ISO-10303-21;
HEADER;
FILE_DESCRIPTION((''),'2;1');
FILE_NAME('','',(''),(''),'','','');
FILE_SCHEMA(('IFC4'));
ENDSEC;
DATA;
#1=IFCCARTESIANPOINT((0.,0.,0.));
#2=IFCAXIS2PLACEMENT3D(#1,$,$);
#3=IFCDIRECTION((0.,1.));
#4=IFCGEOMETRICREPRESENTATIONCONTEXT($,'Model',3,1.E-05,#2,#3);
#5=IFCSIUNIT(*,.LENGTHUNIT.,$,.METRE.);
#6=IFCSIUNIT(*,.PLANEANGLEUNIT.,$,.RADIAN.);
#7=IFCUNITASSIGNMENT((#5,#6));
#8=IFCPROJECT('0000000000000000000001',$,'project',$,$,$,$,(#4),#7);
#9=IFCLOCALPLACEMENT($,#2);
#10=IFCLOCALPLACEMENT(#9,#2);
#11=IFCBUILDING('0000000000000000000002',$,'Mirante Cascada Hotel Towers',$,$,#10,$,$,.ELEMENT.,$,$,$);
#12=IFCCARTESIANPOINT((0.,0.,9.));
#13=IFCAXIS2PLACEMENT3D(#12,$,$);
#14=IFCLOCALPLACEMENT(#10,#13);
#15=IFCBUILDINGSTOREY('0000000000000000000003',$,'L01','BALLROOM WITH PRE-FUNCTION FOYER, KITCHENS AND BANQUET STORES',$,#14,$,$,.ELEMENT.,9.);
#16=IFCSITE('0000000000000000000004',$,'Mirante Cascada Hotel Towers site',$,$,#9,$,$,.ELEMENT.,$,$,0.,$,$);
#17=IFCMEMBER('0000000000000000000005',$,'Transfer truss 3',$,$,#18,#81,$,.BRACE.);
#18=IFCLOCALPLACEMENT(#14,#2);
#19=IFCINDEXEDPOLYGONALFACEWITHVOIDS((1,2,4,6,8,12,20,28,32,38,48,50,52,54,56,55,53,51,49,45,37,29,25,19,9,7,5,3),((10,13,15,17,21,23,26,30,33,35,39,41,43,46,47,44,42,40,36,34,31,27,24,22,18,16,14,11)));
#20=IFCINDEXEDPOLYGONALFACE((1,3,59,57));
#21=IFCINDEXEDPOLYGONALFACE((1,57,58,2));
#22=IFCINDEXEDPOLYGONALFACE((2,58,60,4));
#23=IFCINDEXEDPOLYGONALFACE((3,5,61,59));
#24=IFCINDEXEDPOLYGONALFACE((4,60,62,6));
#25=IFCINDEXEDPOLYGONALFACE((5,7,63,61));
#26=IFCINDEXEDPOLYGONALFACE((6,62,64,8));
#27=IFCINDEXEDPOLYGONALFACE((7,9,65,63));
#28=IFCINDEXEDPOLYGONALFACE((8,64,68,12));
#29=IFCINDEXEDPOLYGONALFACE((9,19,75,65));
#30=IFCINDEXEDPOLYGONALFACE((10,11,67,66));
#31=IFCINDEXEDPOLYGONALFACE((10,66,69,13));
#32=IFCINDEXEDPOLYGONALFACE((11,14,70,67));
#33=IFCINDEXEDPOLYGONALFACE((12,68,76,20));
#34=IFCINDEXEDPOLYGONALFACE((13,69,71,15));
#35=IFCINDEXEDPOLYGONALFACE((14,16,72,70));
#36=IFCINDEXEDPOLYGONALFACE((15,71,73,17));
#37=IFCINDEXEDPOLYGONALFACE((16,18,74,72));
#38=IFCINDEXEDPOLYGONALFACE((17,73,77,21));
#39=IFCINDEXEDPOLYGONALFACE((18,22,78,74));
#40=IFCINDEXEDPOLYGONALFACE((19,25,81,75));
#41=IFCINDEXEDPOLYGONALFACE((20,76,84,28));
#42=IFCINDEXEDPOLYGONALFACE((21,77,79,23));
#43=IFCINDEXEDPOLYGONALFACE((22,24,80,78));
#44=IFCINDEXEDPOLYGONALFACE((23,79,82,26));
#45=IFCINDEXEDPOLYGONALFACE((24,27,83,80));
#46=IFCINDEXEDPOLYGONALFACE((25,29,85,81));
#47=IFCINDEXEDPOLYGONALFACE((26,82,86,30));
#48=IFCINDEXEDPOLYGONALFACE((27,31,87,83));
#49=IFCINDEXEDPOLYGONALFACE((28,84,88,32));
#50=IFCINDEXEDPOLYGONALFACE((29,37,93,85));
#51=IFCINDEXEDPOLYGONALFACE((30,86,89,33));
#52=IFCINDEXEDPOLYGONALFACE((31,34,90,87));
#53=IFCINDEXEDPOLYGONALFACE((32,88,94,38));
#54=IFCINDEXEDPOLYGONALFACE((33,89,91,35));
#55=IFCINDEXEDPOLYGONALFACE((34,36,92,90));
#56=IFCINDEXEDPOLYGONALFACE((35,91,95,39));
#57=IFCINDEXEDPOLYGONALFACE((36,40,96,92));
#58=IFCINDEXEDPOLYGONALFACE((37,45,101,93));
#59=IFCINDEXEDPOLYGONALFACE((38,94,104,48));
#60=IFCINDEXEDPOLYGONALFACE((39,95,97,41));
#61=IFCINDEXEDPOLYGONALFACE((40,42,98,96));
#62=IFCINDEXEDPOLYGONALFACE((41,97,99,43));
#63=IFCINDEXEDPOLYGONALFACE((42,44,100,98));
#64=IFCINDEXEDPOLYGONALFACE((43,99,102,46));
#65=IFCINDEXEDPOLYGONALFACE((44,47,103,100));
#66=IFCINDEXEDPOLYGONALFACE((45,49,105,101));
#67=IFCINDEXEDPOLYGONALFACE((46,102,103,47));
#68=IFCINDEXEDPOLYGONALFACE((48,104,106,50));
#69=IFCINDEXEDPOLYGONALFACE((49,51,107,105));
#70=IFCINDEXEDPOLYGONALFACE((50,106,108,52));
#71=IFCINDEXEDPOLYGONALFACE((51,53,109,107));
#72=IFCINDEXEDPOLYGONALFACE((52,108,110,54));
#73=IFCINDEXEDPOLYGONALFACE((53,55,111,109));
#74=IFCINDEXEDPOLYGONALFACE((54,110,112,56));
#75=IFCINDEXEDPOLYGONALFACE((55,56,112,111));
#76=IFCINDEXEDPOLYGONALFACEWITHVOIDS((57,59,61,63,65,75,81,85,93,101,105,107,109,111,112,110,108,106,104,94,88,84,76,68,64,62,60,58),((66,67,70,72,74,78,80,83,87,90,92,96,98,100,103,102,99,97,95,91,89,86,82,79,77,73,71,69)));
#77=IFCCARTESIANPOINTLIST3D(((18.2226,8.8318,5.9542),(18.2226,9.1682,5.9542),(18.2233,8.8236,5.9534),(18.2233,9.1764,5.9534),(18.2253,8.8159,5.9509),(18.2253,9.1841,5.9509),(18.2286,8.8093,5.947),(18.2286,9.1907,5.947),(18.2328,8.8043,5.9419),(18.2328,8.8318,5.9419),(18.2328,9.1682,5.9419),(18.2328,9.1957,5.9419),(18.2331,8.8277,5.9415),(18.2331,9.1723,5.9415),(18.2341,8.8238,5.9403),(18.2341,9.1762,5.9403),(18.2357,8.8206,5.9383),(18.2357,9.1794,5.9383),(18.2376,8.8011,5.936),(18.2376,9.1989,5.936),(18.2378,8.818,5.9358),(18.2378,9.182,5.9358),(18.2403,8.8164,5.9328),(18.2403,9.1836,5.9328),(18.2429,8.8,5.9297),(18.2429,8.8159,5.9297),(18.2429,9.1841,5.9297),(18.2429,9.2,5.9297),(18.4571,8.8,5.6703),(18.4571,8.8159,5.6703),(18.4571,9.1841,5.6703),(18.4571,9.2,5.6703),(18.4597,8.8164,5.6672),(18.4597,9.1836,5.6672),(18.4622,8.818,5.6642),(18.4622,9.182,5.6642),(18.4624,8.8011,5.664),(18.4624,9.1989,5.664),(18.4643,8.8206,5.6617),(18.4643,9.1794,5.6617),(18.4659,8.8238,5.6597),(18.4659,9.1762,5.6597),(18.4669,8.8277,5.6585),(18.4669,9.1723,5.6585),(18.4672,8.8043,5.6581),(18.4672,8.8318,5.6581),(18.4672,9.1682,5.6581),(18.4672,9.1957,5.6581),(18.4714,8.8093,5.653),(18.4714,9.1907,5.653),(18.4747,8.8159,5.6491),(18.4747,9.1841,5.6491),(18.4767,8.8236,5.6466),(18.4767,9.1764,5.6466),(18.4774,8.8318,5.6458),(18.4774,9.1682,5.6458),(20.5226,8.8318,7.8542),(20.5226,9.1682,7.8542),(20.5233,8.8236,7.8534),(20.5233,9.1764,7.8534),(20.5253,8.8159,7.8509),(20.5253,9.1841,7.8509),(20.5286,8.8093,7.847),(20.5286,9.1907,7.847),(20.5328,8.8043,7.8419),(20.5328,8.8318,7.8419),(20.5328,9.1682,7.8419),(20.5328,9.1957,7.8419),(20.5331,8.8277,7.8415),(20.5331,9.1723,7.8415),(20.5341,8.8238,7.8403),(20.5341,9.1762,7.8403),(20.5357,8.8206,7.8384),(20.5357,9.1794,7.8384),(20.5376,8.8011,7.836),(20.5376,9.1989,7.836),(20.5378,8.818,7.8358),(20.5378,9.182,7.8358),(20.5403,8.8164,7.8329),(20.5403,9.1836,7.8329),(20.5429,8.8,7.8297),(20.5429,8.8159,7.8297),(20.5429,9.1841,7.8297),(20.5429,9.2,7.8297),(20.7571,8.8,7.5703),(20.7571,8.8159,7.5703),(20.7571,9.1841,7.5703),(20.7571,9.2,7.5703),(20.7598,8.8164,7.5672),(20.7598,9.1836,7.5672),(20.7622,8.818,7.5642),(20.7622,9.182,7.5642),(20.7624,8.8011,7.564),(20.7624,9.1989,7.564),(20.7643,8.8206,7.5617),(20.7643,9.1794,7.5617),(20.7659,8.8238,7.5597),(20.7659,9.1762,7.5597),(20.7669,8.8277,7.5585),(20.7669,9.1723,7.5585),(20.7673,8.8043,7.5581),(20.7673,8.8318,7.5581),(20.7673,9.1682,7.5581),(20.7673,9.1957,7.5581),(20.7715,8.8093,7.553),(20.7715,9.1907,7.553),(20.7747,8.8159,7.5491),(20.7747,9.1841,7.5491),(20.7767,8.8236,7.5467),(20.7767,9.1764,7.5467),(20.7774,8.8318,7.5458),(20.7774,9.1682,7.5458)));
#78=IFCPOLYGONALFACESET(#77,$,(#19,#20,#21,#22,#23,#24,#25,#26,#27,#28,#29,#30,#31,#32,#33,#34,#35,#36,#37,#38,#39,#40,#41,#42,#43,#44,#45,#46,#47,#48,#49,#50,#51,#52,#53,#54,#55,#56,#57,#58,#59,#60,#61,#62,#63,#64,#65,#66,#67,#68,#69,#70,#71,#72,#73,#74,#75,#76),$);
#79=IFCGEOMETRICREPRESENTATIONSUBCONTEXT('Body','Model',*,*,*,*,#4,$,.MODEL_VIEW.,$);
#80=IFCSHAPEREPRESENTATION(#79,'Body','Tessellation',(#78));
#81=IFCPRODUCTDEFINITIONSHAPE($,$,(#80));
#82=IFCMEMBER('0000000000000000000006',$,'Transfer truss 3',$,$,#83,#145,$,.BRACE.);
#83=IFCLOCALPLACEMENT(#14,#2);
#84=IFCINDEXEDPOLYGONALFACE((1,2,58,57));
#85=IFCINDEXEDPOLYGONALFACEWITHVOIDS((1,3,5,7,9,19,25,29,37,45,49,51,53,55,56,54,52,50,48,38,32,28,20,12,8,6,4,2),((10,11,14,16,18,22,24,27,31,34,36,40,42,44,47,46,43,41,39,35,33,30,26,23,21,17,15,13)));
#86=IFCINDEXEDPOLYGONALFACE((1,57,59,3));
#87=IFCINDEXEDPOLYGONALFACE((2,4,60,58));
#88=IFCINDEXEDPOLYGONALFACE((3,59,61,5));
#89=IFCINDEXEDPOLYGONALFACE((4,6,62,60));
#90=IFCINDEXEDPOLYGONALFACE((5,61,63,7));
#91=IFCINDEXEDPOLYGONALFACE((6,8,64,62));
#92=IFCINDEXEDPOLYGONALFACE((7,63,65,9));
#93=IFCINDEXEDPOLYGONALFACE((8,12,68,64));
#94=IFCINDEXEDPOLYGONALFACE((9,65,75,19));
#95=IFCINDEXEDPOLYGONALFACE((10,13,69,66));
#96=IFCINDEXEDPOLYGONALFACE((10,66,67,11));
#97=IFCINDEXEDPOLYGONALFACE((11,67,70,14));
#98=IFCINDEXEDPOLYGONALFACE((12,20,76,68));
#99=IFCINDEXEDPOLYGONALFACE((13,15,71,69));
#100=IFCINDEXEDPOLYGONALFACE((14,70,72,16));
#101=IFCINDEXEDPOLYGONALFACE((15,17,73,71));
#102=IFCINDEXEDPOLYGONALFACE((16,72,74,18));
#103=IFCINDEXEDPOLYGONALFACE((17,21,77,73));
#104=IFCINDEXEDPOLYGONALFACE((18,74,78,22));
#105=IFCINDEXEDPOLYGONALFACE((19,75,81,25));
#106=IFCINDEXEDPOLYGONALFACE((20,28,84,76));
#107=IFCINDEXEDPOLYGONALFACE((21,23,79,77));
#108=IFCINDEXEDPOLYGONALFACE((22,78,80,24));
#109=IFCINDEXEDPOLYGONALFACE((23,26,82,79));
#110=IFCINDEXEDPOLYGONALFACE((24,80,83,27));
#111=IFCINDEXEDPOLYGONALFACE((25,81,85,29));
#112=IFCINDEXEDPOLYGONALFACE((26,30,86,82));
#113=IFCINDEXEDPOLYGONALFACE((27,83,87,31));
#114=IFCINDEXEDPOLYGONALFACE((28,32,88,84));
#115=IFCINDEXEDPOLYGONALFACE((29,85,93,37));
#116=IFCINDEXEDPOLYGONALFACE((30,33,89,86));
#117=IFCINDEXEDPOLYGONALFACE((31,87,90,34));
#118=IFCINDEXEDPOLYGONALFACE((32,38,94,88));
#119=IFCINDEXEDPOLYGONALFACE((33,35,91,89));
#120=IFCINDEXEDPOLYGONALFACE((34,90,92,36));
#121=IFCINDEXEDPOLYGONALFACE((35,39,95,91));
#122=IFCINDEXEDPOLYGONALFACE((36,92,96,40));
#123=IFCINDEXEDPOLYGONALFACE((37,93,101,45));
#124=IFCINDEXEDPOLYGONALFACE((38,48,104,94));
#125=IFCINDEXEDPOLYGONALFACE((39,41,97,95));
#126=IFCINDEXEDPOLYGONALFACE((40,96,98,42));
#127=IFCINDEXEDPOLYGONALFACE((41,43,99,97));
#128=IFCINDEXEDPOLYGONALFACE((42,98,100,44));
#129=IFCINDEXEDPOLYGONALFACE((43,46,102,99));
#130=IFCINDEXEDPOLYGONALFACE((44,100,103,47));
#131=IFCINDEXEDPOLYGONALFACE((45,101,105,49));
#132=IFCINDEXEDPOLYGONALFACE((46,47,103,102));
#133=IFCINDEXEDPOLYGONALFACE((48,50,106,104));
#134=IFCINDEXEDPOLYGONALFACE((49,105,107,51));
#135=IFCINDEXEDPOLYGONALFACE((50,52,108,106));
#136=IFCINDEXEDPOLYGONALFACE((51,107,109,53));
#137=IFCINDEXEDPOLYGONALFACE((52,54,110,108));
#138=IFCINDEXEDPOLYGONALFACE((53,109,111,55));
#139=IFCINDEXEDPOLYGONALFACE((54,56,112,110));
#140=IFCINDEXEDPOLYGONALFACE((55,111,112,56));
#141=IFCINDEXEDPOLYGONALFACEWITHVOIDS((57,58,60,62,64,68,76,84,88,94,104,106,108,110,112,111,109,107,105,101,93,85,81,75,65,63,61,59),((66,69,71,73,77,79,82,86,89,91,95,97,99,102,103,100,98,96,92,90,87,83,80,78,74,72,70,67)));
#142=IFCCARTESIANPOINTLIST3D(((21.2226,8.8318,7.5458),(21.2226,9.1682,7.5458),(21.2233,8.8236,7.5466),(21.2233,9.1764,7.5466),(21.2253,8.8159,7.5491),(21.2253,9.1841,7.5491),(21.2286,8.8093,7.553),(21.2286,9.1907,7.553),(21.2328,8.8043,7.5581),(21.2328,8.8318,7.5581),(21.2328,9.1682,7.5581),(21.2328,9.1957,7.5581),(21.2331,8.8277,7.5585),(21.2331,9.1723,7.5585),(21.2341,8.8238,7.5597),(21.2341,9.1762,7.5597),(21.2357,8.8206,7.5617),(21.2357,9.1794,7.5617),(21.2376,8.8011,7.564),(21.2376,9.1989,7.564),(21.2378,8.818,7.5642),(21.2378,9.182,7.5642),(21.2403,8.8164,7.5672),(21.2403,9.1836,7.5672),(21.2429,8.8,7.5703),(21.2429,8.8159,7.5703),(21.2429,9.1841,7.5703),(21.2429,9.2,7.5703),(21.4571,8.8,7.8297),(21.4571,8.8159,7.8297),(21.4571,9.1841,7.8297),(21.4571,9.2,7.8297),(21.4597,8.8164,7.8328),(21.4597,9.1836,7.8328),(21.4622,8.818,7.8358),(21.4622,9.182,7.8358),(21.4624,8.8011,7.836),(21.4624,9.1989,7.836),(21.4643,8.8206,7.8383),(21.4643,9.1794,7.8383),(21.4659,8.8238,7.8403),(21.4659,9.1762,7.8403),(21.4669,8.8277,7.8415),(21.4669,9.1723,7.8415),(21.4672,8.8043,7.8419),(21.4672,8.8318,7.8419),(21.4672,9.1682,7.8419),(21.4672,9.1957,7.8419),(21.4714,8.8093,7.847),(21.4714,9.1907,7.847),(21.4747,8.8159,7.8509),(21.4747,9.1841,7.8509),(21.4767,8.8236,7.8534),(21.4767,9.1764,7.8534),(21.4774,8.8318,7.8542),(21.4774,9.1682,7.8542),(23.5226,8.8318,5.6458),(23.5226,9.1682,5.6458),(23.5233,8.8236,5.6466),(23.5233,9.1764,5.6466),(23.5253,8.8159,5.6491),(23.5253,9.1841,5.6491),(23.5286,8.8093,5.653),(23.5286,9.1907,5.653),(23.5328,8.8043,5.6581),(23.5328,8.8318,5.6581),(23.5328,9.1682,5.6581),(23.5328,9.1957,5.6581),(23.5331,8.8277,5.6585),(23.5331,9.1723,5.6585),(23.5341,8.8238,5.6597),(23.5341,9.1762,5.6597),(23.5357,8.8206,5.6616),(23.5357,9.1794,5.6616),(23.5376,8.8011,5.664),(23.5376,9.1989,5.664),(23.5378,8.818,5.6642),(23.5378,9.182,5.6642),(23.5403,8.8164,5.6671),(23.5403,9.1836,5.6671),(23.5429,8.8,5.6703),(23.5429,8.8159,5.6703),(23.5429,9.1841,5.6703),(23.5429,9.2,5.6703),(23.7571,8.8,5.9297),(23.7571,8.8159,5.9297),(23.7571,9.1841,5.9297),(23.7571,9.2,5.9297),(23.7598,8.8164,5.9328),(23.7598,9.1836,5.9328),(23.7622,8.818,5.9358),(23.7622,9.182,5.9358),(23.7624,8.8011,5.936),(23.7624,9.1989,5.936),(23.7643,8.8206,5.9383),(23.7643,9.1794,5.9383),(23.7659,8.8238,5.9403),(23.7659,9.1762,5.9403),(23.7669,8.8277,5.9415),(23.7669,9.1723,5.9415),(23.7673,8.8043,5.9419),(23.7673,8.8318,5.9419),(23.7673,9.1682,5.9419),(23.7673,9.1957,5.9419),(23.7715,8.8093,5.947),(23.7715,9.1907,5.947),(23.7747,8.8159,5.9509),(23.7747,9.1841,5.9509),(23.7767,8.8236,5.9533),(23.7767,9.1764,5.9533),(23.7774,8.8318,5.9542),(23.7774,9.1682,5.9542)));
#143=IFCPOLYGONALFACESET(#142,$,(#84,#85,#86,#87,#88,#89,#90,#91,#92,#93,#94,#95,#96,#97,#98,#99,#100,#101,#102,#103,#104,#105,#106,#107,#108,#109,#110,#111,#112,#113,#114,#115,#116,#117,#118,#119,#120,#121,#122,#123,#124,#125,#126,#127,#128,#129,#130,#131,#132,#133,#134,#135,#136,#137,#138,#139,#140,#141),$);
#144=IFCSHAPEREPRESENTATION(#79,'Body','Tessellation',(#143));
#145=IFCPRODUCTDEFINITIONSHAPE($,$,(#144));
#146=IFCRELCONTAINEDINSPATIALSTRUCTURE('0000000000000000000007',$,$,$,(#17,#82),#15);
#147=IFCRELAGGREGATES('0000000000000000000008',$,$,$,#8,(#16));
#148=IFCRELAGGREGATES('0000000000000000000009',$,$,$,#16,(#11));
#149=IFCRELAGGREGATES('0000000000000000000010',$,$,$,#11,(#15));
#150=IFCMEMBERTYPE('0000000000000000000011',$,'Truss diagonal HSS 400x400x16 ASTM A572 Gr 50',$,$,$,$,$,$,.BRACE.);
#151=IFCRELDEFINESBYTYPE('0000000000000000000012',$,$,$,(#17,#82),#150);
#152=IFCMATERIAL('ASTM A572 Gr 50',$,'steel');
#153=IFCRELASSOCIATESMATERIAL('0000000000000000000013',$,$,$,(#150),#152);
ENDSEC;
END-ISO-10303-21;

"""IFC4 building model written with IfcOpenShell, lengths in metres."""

from ifc_helpers import new_model, si_unit, direction, frame, origin, origin_2d, place, context, subcontext, project, spatial, hollow_rectangle, extrude, material, material_profile, profile_set, type_object, element, save


model = new_model("IFC4")

# Units and contexts
model_context = context("Model", 3, precision=1e-05, world=origin(), true_north=direction((0.0, 1.0)))
body_context = subcontext(model_context, "Body", "Model", "MODEL_VIEW")
ifc_project = project(units=[si_unit("LENGTHUNIT", "METRE"), si_unit("PLANEANGLEUNIT", "RADIAN")], contexts=[model_context])

# Site, building, storey
site_placement = place(None, origin())
site = spatial("IfcSite", under=ifc_project, at=site_placement, Name="Mirante Cascada Hotel Towers site", CompositionType="ELEMENT", RefElevation=0.0)
building_placement = place(site_placement, origin())
building = spatial("IfcBuilding", under=site, at=building_placement, Name="Mirante Cascada Hotel Towers", CompositionType="ELEMENT")
storey_placement = place(building_placement, frame((0.0, 0.0, 9.0)))
storey = spatial("IfcBuildingStorey", under=building, at=storey_placement, Name="L01", Description="BALLROOM WITH PRE-FUNCTION FOYER, KITCHENS AND BANQUET STORES", CompositionType="ELEMENT", Elevation=9.0)

# Members
ifc_material_1 = material(Name="ASTM A572 Gr 50", Category="steel")
ifc_material_profile_1 = material_profile(ifc_material_1, hollow_rectangle(XDim=0.4, YDim=0.4, WallThickness=0.0159, InnerFilletRadius=0.0159, OuterFilletRadius=0.0318, at=origin_2d()), Name="HSS 400x400x16")
ifc_profile_set_1 = profile_set([ifc_material_profile_1], Name="ASTM A572 Gr 50")
member_type_1 = type_object("IfcMemberType", Name="Truss diagonal HSS 400x400x16 ASTM A572 Gr 50", PredefinedType="BRACE", material=ifc_profile_set_1)
for number, where, z_axis, x_axis, name in (
    (1, (18.35, 9.0, 5.8), (0.770962, 0.0, 0.636881), (0.0, 1.0, 0.0), "Transfer truss 3"),
    (2, (21.35, 9.0, 7.7), (0.770962, 0.0, -0.636881), (0.0, 1.0, 0.0), "Transfer truss 3"),
):
    element("IfcMember", number, at=place(storey_placement, frame(where, z_axis=z_axis, x_axis=x_axis)), inside=storey, type_object=member_type_1, Name=name, PredefinedType="BRACE", context=body_context, shape_type="SweptSolid", body=[
        extrude(hollow_rectangle(XDim=0.4, YDim=0.4, WallThickness=0.0159, InnerFilletRadius=0.0159, OuterFilletRadius=0.0318, at=origin_2d()), origin(), (0.0, 0.0, 1.0), 2.9833),
    ])

save(model, "model.ifc")
